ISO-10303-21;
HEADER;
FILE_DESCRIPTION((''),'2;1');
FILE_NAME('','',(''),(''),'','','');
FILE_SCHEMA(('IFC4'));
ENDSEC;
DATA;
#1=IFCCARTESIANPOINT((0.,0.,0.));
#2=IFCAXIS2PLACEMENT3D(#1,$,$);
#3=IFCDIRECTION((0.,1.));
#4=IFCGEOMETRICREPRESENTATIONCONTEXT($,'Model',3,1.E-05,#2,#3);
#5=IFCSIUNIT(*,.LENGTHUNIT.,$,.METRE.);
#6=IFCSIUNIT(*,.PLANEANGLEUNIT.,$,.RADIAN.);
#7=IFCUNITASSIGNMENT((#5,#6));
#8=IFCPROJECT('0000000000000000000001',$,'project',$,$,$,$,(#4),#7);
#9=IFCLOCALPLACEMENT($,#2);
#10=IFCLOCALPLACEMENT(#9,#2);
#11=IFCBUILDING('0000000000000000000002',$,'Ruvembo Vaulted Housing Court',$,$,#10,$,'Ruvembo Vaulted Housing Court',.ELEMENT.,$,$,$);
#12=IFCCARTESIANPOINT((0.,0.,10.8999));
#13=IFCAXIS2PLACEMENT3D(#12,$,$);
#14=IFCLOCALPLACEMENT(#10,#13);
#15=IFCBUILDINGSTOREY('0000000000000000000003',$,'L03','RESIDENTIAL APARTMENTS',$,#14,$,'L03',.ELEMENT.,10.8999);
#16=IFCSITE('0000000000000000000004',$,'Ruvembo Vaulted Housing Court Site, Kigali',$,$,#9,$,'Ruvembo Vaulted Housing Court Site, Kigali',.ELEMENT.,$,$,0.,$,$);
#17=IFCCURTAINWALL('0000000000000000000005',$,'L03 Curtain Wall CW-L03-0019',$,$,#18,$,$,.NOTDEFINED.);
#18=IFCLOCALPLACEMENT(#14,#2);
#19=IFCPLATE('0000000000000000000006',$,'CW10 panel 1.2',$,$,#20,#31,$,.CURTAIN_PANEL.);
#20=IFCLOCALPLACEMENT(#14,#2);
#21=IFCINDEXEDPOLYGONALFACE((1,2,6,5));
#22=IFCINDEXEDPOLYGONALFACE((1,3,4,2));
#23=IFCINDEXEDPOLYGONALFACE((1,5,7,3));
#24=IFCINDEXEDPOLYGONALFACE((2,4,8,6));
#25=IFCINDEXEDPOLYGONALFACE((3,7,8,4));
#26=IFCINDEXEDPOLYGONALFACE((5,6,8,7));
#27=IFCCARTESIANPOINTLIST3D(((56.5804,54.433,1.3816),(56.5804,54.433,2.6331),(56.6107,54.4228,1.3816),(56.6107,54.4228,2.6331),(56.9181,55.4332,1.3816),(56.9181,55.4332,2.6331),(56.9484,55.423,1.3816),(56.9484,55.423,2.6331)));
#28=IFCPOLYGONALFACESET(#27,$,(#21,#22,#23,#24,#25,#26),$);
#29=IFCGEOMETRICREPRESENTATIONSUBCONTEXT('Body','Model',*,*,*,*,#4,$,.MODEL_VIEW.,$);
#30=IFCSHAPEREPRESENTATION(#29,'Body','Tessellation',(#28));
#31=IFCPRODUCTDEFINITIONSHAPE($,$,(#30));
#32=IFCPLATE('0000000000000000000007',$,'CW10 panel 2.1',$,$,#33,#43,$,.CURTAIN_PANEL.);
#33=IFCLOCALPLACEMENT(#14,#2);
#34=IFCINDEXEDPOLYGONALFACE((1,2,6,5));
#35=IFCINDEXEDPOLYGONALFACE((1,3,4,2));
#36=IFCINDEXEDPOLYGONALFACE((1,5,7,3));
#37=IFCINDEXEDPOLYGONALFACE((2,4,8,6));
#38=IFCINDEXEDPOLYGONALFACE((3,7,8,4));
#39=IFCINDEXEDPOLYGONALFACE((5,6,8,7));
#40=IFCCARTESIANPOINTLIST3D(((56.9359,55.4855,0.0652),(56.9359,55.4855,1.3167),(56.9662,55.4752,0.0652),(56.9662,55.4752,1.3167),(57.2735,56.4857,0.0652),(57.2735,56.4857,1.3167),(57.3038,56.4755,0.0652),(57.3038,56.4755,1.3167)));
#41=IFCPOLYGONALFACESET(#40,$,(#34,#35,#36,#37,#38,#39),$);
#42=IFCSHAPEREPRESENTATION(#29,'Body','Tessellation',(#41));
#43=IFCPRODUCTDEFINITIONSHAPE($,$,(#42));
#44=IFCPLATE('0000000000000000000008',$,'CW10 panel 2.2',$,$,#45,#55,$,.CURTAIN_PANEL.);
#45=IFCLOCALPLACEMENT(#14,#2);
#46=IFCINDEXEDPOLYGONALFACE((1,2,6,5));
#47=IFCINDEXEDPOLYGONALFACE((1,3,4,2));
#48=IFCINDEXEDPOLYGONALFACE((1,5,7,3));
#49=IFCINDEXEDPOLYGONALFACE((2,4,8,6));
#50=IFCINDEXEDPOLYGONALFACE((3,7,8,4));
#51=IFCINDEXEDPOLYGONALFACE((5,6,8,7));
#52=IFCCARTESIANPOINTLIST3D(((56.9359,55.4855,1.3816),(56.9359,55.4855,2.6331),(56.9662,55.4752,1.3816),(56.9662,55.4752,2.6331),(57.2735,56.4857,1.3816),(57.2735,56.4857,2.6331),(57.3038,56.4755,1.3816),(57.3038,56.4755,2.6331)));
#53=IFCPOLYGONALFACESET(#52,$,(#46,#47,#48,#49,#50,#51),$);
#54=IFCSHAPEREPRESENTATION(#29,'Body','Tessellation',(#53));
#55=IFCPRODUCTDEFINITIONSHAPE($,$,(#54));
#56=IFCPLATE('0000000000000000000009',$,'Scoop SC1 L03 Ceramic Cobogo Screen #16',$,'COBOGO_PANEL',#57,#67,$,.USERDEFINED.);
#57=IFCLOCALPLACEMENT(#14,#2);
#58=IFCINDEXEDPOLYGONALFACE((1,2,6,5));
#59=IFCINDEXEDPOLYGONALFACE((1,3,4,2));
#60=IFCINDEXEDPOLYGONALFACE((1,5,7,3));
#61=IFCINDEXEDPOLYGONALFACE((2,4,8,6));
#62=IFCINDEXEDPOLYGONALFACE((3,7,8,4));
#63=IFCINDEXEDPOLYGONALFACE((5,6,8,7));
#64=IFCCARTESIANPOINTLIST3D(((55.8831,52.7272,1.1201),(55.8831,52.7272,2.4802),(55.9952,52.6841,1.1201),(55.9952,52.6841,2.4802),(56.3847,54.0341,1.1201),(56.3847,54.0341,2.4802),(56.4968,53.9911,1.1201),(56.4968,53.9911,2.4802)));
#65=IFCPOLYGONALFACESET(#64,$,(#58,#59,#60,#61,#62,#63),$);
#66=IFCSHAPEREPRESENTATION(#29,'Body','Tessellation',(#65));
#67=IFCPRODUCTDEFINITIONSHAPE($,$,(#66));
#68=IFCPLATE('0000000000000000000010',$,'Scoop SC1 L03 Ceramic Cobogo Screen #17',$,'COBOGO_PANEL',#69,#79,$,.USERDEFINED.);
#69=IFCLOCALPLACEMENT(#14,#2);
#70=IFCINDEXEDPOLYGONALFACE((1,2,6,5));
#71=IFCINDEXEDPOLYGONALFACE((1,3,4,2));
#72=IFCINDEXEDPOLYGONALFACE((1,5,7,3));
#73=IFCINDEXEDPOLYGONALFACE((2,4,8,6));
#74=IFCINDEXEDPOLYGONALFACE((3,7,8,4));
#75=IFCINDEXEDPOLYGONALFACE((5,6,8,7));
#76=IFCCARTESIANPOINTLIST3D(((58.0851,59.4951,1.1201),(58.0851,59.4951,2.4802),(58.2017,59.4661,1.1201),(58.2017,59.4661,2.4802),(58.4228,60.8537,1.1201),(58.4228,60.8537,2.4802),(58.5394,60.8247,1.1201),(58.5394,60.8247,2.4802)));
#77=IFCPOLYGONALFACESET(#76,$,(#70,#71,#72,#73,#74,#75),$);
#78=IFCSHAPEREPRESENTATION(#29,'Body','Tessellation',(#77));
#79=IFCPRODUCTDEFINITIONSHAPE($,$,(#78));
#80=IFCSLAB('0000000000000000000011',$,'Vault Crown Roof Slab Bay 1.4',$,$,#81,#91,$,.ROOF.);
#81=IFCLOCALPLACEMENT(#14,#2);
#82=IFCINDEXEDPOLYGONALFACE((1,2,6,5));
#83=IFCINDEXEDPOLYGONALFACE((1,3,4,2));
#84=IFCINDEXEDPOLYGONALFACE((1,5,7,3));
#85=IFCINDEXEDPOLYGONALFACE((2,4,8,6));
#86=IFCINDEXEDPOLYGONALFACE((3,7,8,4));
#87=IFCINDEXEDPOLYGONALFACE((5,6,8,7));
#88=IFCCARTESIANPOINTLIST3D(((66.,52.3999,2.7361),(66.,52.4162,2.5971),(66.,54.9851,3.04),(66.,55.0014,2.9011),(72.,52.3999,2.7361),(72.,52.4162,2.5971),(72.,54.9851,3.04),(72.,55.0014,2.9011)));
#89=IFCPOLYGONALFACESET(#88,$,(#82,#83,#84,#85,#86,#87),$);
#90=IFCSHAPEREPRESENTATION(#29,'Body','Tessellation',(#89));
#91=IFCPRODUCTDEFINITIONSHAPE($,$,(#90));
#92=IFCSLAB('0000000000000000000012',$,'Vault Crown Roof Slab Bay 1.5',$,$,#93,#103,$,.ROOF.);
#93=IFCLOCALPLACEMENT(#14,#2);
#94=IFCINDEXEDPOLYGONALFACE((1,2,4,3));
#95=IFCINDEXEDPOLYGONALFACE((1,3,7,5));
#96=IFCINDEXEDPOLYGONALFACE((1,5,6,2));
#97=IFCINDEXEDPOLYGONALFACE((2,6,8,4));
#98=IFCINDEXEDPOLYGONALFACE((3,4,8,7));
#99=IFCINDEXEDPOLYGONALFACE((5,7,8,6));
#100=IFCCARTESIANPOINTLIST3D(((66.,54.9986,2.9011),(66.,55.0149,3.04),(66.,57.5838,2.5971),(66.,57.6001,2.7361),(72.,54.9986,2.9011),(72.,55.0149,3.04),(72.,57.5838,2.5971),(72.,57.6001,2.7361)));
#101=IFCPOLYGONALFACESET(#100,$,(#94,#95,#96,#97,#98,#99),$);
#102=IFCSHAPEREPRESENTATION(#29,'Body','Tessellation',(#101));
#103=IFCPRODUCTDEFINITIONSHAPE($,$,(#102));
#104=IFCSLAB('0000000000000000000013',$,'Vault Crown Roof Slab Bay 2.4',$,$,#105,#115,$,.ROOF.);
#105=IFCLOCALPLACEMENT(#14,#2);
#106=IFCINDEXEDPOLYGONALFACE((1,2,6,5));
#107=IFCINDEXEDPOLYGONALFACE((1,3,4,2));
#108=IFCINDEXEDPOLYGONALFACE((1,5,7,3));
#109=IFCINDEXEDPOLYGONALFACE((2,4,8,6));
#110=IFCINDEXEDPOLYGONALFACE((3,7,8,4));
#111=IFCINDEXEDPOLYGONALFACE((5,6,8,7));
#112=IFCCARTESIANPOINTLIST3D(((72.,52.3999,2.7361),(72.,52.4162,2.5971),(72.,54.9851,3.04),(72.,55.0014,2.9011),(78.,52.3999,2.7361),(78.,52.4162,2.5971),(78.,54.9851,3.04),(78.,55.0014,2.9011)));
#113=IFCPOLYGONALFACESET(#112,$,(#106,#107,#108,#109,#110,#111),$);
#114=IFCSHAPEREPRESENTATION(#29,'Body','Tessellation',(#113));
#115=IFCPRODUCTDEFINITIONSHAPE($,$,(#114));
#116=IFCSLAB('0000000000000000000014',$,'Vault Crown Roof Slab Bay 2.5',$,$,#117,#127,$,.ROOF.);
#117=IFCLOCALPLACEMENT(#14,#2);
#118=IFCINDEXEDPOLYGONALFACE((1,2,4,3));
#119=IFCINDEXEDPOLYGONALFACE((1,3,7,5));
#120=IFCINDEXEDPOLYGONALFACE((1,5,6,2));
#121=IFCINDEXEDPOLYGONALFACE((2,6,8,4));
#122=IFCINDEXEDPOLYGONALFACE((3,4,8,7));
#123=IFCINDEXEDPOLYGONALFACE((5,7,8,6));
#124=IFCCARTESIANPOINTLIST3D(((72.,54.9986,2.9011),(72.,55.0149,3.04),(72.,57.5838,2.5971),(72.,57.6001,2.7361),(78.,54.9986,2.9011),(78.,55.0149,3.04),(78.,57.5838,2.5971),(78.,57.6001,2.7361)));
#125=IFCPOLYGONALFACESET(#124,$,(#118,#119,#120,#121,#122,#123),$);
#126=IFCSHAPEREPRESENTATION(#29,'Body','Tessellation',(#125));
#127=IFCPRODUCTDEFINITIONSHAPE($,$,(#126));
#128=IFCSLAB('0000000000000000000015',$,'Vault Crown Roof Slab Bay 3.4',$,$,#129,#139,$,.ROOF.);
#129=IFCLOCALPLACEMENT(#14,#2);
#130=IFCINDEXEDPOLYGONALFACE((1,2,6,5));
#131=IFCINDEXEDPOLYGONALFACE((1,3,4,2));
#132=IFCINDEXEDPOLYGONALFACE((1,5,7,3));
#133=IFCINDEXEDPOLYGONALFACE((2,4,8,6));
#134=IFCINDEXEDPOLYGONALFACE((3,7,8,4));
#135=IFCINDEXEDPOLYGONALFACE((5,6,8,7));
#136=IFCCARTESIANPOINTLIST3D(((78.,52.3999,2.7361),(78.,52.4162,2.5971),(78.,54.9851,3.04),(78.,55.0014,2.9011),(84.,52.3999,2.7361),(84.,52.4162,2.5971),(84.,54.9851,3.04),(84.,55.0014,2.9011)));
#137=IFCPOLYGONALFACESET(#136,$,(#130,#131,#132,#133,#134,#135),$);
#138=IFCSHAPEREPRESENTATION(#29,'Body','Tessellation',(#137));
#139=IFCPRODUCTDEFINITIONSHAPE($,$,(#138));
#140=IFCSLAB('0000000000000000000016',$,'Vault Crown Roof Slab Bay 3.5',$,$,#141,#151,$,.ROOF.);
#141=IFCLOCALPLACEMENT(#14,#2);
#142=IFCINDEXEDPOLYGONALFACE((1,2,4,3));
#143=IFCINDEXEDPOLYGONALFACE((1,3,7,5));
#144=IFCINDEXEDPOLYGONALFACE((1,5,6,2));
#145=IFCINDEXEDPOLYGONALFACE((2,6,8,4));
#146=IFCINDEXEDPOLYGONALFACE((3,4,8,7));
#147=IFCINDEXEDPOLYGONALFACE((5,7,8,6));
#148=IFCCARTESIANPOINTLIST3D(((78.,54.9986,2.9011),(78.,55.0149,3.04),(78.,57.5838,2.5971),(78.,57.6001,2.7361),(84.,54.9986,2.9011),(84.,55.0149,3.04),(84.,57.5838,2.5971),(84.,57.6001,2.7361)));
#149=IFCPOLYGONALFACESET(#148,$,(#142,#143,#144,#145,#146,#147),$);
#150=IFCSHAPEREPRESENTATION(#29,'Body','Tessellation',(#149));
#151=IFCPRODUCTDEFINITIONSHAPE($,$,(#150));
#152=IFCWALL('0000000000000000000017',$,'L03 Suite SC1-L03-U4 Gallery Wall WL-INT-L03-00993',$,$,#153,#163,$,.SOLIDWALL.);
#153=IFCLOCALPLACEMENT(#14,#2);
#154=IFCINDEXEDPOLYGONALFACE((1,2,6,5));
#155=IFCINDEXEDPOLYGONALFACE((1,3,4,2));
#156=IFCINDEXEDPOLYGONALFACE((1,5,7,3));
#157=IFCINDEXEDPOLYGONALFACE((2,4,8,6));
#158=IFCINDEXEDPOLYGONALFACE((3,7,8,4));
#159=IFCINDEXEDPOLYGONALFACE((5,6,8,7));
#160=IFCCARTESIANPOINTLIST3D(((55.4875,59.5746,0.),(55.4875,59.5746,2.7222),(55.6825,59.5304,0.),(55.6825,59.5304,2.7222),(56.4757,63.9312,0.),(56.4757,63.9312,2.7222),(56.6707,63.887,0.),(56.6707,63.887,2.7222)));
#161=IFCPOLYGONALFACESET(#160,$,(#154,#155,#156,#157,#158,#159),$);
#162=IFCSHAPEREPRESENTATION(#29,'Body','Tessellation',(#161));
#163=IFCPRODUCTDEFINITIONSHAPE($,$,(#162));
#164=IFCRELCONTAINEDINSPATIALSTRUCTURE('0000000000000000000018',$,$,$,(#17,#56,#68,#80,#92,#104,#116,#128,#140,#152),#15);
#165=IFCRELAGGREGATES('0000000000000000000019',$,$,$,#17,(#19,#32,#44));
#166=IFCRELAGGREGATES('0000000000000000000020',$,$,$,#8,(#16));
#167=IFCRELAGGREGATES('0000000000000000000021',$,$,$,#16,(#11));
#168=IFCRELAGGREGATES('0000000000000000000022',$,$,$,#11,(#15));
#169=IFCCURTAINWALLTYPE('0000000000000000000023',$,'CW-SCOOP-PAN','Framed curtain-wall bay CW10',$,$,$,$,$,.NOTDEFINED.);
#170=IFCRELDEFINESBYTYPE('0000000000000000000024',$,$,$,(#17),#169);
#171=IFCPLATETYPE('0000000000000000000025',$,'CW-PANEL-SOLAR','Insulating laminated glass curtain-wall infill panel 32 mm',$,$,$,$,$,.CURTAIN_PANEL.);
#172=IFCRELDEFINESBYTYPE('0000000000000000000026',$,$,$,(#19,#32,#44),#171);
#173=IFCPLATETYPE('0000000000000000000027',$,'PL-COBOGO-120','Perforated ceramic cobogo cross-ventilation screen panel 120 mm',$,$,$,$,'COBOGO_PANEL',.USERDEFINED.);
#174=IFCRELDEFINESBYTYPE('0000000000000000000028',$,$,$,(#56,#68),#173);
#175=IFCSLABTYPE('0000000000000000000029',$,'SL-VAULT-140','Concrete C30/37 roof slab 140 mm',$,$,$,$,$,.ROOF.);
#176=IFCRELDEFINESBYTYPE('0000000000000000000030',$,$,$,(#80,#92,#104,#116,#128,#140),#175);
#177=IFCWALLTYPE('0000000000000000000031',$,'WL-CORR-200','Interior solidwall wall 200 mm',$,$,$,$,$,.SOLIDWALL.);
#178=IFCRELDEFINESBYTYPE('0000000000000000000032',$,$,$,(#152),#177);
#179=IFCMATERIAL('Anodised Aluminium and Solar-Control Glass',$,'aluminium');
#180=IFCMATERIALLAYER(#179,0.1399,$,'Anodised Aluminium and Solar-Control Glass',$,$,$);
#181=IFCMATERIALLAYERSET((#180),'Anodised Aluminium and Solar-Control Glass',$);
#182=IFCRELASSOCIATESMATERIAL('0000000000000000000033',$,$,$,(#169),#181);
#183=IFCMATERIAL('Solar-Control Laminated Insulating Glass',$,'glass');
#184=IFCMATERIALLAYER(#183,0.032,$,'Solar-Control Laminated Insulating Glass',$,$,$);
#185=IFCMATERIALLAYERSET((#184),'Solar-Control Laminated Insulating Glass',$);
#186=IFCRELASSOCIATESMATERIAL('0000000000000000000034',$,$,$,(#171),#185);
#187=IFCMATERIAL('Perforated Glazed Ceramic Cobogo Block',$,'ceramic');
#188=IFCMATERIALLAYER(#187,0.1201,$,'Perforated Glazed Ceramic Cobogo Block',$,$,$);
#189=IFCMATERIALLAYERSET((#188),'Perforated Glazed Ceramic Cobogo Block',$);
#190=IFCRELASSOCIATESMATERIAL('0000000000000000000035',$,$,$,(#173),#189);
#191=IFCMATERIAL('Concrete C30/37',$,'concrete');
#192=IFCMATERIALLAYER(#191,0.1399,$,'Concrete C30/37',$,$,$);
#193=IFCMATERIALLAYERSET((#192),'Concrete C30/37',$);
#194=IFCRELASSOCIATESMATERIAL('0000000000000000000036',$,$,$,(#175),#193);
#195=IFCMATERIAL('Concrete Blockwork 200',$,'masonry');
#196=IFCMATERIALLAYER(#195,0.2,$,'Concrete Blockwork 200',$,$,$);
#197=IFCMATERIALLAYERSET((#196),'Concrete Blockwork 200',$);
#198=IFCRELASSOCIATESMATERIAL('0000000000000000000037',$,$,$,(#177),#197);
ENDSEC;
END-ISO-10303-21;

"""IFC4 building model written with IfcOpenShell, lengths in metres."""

from ifc_helpers import new_model, si_unit, direction, frame, frame_2d, origin, origin_2d, place, context, subcontext, project, spatial, polyline, rectangle, outline, extrude, material, layer, layer_set, type_object, element, aggregate, save


model = new_model("IFC4")

# Units and contexts
model_context = context("Model", 3, precision=1e-05, world=origin(), true_north=direction((0.0, 1.0)))
body_context = subcontext(model_context, "Body", "Model", "MODEL_VIEW")
ifc_project = project(units=[si_unit("LENGTHUNIT", "METRE"), si_unit("PLANEANGLEUNIT", "RADIAN")], contexts=[model_context])

# Site, building, storey
site_placement = place(None, origin())
site = spatial("IfcSite", under=ifc_project, at=site_placement, Name="Ruvembo Vaulted Housing Court Site, Kigali", LongName="Ruvembo Vaulted Housing Court Site, Kigali", CompositionType="ELEMENT", RefElevation=0.0)
building_placement = place(site_placement, origin())
building = spatial("IfcBuilding", under=site, at=building_placement, Name="Ruvembo Vaulted Housing Court", LongName="Ruvembo Vaulted Housing Court", CompositionType="ELEMENT")
storey_placement = place(building_placement, frame((0.0, 0.0, 10.8999)))
storey = spatial("IfcBuildingStorey", under=building, at=storey_placement, Name="L03", Description="RESIDENTIAL APARTMENTS", LongName="L03", CompositionType="ELEMENT", Elevation=10.8999)

# Curtain wall, plates
ifc_material_1 = material(Name="Anodised Aluminium and Solar-Control Glass", Category="aluminium")
ifc_layer_1 = layer(ifc_material_1, 0.1399, Name="Anodised Aluminium and Solar-Control Glass")
ifc_layer_set_1 = layer_set([ifc_layer_1], Name="Anodised Aluminium and Solar-Control Glass")
curtain_wall_type = type_object("IfcCurtainWallType", Name="CW-SCOOP-PAN", Description="Framed curtain-wall bay CW10", PredefinedType="NOTDEFINED", material=ifc_layer_set_1)
curtain_wall_placement = place(storey_placement, origin())
curtain_wall = element("IfcCurtainWall", 1, at=curtain_wall_placement, inside=storey, type_object=curtain_wall_type, Name="L03 Curtain Wall CW-L03-0019", PredefinedType="NOTDEFINED")
ifc_material_2 = material(Name="Solar-Control Laminated Insulating Glass", Category="glass")
ifc_layer_2 = layer(ifc_material_2, 0.032, Name="Solar-Control Laminated Insulating Glass")
ifc_layer_set_2 = layer_set([ifc_layer_2], Name="Solar-Control Laminated Insulating Glass")
plate_type_1 = type_object("IfcPlateType", Name="CW-PANEL-SOLAR", Description="Insulating laminated glass curtain-wall infill panel 32 mm", PredefinedType="CURTAIN_PANEL", material=ifc_layer_set_2)
plate_1_placement = place(storey_placement, frame((56.7644, 54.928, 1.3816), z_axis=(0.0, 0.0, 1.0), x_axis=(0.319836, 0.947473, 0.0)))
plate_1 = element("IfcPlate", 2, at=plate_1_placement, type_object=plate_type_1, Name="CW10 panel 1.2", PredefinedType="CURTAIN_PANEL", context=body_context, shape_type="SweptSolid", body=[
    extrude(rectangle(XDim=1.0557, YDim=0.032, at=origin_2d()), origin(), (0.0, 0.0, 1.0), 1.2515),
])
plate_2_placement = place(storey_placement, frame((57.1199, 55.9805, 0.0652), z_axis=(0.0, 0.0, 1.0), x_axis=(0.319836, 0.947473, 0.0)))
plate_2 = element("IfcPlate", 3, at=plate_2_placement, type_object=plate_type_1, Name="CW10 panel 2.1", PredefinedType="CURTAIN_PANEL", context=body_context, shape_type="SweptSolid", body=[
    extrude(rectangle(XDim=1.0557, YDim=0.032, at=origin_2d()), origin(), (0.0, 0.0, 1.0), 1.2515),
])
plate_3_placement = place(storey_placement, frame((57.1199, 55.9805, 1.3816), z_axis=(0.0, 0.0, 1.0), x_axis=(0.319836, 0.947473, 0.0)))
plate_3 = element("IfcPlate", 4, at=plate_3_placement, type_object=plate_type_1, Name="CW10 panel 2.2", PredefinedType="CURTAIN_PANEL", context=body_context, shape_type="SweptSolid", body=[
    extrude(rectangle(XDim=1.0557, YDim=0.032, at=origin_2d()), origin(), (0.0, 0.0, 1.0), 1.2515),
])
aggregate(curtain_wall, [plate_1, plate_2, plate_3])

# Plates
ifc_material_3 = material(Name="Perforated Glazed Ceramic Cobogo Block", Category="ceramic")
ifc_layer_3 = layer(ifc_material_3, 0.1201, Name="Perforated Glazed Ceramic Cobogo Block")
ifc_layer_set_3 = layer_set([ifc_layer_3], Name="Perforated Glazed Ceramic Cobogo Block")
plate_type_2 = type_object("IfcPlateType", Name="PL-COBOGO-120", Description="Perforated ceramic cobogo cross-ventilation screen panel 120 mm", ElementType="COBOGO_PANEL", PredefinedType="USERDEFINED", material=ifc_layer_set_3)
for number, where, z_axis, x_axis, name in (
    (5, (56.1899, 53.3591, 1.1201), (0.0, 0.0, 1.0), (0.358335, 0.933593, 0.0), "Scoop SC1 L03 Ceramic Cobogo Screen #16"),
    (6, (58.3123, 60.1599, 1.1201), (0.0, 0.0, 1.0), (0.241194, 0.970477, 0.0), "Scoop SC1 L03 Ceramic Cobogo Screen #17"),
):
    element("IfcPlate", number, at=place(storey_placement, frame(where, z_axis=z_axis, x_axis=x_axis)), inside=storey, type_object=plate_type_2, Name=name, ObjectType="COBOGO_PANEL", PredefinedType="USERDEFINED", context=body_context, shape_type="SweptSolid", body=[
        extrude(rectangle(XDim=1.3999, YDim=0.1201, at=origin_2d()), origin(), (0.0, 0.0, 1.0), 1.3601),
    ])

# Slabs
ifc_material_4 = material(Name="Concrete C30/37", Category="concrete")
ifc_layer_4 = layer(ifc_material_4, 0.1399, Name="Concrete C30/37")
ifc_layer_set_4 = layer_set([ifc_layer_4], Name="Concrete C30/37")
slab_type = type_object("IfcSlabType", Name="SL-VAULT-140", Description="Concrete C30/37 roof slab 140 mm", PredefinedType="ROOF", material=ifc_layer_set_4)
for number, where, z_axis, x_axis, name in (
    (7, (66.0, 52.3999, 2.7361), (0.0, -0.116771, 0.993159), (1.0, 0.0, 0.0), "Vault Crown Roof Slab Bay 1.4"),
    (8, (66.0, 55.0149, 3.04), (0.0, 0.116771, 0.993159), (1.0, 0.0, 0.0), "Vault Crown Roof Slab Bay 1.5"),
    (9, (72.0, 52.3999, 2.7361), (0.0, -0.116771, 0.993159), (1.0, 0.0, 0.0), "Vault Crown Roof Slab Bay 2.4"),
    (10, (72.0, 55.0149, 3.04), (0.0, 0.116771, 0.993159), (1.0, 0.0, 0.0), "Vault Crown Roof Slab Bay 2.5"),
    (11, (78.0, 52.3999, 2.7361), (0.0, -0.116771, 0.993159), (1.0, 0.0, 0.0), "Vault Crown Roof Slab Bay 3.4"),
    (12, (78.0, 55.0149, 3.04), (0.0, 0.116771, 0.993159), (1.0, 0.0, 0.0), "Vault Crown Roof Slab Bay 3.5"),
):
    element("IfcSlab", number, at=place(storey_placement, frame(where, z_axis=z_axis, x_axis=x_axis)), inside=storey, type_object=slab_type, Name=name, PredefinedType="ROOF", context=body_context, shape_type="SweptSolid", body=[
        extrude(outline(polyline([(0.0, 0.0), (6.0, 0.0), (6.0, 2.603), (0.0, 2.603), (0.0, 0.0)])), origin(), (0.0, 0.0, -1.0), 0.1399),
    ])

# Wall
ifc_material_5 = material(Name="Concrete Blockwork 200", Category="masonry")
ifc_layer_5 = layer(ifc_material_5, 0.2, Name="Concrete Blockwork 200")
ifc_layer_set_5 = layer_set([ifc_layer_5], Name="Concrete Blockwork 200")
wall_type = type_object("IfcWallType", Name="WL-CORR-200", Description="Interior solidwall wall 200 mm", PredefinedType="SOLIDWALL", material=ifc_layer_set_5)
wall_placement = place(storey_placement, frame((55.585, 59.5525, 0.0), z_axis=(0.0, 0.0, 1.0), x_axis=(0.221222, 0.975223, 0.0)))
element("IfcWall", 13, at=wall_placement, inside=storey, type_object=wall_type, Name="L03 Suite SC1-L03-U4 Gallery Wall WL-INT-L03-00993", PredefinedType="SOLIDWALL", context=body_context, shape_type="SweptSolid", body=[
    extrude(rectangle(XDim=4.4673, YDim=0.2, at=frame_2d((2.2336, 0.0))), origin(), (0.0, 0.0, 1.0), 2.7222),
])

save(model, "model.ifc")
